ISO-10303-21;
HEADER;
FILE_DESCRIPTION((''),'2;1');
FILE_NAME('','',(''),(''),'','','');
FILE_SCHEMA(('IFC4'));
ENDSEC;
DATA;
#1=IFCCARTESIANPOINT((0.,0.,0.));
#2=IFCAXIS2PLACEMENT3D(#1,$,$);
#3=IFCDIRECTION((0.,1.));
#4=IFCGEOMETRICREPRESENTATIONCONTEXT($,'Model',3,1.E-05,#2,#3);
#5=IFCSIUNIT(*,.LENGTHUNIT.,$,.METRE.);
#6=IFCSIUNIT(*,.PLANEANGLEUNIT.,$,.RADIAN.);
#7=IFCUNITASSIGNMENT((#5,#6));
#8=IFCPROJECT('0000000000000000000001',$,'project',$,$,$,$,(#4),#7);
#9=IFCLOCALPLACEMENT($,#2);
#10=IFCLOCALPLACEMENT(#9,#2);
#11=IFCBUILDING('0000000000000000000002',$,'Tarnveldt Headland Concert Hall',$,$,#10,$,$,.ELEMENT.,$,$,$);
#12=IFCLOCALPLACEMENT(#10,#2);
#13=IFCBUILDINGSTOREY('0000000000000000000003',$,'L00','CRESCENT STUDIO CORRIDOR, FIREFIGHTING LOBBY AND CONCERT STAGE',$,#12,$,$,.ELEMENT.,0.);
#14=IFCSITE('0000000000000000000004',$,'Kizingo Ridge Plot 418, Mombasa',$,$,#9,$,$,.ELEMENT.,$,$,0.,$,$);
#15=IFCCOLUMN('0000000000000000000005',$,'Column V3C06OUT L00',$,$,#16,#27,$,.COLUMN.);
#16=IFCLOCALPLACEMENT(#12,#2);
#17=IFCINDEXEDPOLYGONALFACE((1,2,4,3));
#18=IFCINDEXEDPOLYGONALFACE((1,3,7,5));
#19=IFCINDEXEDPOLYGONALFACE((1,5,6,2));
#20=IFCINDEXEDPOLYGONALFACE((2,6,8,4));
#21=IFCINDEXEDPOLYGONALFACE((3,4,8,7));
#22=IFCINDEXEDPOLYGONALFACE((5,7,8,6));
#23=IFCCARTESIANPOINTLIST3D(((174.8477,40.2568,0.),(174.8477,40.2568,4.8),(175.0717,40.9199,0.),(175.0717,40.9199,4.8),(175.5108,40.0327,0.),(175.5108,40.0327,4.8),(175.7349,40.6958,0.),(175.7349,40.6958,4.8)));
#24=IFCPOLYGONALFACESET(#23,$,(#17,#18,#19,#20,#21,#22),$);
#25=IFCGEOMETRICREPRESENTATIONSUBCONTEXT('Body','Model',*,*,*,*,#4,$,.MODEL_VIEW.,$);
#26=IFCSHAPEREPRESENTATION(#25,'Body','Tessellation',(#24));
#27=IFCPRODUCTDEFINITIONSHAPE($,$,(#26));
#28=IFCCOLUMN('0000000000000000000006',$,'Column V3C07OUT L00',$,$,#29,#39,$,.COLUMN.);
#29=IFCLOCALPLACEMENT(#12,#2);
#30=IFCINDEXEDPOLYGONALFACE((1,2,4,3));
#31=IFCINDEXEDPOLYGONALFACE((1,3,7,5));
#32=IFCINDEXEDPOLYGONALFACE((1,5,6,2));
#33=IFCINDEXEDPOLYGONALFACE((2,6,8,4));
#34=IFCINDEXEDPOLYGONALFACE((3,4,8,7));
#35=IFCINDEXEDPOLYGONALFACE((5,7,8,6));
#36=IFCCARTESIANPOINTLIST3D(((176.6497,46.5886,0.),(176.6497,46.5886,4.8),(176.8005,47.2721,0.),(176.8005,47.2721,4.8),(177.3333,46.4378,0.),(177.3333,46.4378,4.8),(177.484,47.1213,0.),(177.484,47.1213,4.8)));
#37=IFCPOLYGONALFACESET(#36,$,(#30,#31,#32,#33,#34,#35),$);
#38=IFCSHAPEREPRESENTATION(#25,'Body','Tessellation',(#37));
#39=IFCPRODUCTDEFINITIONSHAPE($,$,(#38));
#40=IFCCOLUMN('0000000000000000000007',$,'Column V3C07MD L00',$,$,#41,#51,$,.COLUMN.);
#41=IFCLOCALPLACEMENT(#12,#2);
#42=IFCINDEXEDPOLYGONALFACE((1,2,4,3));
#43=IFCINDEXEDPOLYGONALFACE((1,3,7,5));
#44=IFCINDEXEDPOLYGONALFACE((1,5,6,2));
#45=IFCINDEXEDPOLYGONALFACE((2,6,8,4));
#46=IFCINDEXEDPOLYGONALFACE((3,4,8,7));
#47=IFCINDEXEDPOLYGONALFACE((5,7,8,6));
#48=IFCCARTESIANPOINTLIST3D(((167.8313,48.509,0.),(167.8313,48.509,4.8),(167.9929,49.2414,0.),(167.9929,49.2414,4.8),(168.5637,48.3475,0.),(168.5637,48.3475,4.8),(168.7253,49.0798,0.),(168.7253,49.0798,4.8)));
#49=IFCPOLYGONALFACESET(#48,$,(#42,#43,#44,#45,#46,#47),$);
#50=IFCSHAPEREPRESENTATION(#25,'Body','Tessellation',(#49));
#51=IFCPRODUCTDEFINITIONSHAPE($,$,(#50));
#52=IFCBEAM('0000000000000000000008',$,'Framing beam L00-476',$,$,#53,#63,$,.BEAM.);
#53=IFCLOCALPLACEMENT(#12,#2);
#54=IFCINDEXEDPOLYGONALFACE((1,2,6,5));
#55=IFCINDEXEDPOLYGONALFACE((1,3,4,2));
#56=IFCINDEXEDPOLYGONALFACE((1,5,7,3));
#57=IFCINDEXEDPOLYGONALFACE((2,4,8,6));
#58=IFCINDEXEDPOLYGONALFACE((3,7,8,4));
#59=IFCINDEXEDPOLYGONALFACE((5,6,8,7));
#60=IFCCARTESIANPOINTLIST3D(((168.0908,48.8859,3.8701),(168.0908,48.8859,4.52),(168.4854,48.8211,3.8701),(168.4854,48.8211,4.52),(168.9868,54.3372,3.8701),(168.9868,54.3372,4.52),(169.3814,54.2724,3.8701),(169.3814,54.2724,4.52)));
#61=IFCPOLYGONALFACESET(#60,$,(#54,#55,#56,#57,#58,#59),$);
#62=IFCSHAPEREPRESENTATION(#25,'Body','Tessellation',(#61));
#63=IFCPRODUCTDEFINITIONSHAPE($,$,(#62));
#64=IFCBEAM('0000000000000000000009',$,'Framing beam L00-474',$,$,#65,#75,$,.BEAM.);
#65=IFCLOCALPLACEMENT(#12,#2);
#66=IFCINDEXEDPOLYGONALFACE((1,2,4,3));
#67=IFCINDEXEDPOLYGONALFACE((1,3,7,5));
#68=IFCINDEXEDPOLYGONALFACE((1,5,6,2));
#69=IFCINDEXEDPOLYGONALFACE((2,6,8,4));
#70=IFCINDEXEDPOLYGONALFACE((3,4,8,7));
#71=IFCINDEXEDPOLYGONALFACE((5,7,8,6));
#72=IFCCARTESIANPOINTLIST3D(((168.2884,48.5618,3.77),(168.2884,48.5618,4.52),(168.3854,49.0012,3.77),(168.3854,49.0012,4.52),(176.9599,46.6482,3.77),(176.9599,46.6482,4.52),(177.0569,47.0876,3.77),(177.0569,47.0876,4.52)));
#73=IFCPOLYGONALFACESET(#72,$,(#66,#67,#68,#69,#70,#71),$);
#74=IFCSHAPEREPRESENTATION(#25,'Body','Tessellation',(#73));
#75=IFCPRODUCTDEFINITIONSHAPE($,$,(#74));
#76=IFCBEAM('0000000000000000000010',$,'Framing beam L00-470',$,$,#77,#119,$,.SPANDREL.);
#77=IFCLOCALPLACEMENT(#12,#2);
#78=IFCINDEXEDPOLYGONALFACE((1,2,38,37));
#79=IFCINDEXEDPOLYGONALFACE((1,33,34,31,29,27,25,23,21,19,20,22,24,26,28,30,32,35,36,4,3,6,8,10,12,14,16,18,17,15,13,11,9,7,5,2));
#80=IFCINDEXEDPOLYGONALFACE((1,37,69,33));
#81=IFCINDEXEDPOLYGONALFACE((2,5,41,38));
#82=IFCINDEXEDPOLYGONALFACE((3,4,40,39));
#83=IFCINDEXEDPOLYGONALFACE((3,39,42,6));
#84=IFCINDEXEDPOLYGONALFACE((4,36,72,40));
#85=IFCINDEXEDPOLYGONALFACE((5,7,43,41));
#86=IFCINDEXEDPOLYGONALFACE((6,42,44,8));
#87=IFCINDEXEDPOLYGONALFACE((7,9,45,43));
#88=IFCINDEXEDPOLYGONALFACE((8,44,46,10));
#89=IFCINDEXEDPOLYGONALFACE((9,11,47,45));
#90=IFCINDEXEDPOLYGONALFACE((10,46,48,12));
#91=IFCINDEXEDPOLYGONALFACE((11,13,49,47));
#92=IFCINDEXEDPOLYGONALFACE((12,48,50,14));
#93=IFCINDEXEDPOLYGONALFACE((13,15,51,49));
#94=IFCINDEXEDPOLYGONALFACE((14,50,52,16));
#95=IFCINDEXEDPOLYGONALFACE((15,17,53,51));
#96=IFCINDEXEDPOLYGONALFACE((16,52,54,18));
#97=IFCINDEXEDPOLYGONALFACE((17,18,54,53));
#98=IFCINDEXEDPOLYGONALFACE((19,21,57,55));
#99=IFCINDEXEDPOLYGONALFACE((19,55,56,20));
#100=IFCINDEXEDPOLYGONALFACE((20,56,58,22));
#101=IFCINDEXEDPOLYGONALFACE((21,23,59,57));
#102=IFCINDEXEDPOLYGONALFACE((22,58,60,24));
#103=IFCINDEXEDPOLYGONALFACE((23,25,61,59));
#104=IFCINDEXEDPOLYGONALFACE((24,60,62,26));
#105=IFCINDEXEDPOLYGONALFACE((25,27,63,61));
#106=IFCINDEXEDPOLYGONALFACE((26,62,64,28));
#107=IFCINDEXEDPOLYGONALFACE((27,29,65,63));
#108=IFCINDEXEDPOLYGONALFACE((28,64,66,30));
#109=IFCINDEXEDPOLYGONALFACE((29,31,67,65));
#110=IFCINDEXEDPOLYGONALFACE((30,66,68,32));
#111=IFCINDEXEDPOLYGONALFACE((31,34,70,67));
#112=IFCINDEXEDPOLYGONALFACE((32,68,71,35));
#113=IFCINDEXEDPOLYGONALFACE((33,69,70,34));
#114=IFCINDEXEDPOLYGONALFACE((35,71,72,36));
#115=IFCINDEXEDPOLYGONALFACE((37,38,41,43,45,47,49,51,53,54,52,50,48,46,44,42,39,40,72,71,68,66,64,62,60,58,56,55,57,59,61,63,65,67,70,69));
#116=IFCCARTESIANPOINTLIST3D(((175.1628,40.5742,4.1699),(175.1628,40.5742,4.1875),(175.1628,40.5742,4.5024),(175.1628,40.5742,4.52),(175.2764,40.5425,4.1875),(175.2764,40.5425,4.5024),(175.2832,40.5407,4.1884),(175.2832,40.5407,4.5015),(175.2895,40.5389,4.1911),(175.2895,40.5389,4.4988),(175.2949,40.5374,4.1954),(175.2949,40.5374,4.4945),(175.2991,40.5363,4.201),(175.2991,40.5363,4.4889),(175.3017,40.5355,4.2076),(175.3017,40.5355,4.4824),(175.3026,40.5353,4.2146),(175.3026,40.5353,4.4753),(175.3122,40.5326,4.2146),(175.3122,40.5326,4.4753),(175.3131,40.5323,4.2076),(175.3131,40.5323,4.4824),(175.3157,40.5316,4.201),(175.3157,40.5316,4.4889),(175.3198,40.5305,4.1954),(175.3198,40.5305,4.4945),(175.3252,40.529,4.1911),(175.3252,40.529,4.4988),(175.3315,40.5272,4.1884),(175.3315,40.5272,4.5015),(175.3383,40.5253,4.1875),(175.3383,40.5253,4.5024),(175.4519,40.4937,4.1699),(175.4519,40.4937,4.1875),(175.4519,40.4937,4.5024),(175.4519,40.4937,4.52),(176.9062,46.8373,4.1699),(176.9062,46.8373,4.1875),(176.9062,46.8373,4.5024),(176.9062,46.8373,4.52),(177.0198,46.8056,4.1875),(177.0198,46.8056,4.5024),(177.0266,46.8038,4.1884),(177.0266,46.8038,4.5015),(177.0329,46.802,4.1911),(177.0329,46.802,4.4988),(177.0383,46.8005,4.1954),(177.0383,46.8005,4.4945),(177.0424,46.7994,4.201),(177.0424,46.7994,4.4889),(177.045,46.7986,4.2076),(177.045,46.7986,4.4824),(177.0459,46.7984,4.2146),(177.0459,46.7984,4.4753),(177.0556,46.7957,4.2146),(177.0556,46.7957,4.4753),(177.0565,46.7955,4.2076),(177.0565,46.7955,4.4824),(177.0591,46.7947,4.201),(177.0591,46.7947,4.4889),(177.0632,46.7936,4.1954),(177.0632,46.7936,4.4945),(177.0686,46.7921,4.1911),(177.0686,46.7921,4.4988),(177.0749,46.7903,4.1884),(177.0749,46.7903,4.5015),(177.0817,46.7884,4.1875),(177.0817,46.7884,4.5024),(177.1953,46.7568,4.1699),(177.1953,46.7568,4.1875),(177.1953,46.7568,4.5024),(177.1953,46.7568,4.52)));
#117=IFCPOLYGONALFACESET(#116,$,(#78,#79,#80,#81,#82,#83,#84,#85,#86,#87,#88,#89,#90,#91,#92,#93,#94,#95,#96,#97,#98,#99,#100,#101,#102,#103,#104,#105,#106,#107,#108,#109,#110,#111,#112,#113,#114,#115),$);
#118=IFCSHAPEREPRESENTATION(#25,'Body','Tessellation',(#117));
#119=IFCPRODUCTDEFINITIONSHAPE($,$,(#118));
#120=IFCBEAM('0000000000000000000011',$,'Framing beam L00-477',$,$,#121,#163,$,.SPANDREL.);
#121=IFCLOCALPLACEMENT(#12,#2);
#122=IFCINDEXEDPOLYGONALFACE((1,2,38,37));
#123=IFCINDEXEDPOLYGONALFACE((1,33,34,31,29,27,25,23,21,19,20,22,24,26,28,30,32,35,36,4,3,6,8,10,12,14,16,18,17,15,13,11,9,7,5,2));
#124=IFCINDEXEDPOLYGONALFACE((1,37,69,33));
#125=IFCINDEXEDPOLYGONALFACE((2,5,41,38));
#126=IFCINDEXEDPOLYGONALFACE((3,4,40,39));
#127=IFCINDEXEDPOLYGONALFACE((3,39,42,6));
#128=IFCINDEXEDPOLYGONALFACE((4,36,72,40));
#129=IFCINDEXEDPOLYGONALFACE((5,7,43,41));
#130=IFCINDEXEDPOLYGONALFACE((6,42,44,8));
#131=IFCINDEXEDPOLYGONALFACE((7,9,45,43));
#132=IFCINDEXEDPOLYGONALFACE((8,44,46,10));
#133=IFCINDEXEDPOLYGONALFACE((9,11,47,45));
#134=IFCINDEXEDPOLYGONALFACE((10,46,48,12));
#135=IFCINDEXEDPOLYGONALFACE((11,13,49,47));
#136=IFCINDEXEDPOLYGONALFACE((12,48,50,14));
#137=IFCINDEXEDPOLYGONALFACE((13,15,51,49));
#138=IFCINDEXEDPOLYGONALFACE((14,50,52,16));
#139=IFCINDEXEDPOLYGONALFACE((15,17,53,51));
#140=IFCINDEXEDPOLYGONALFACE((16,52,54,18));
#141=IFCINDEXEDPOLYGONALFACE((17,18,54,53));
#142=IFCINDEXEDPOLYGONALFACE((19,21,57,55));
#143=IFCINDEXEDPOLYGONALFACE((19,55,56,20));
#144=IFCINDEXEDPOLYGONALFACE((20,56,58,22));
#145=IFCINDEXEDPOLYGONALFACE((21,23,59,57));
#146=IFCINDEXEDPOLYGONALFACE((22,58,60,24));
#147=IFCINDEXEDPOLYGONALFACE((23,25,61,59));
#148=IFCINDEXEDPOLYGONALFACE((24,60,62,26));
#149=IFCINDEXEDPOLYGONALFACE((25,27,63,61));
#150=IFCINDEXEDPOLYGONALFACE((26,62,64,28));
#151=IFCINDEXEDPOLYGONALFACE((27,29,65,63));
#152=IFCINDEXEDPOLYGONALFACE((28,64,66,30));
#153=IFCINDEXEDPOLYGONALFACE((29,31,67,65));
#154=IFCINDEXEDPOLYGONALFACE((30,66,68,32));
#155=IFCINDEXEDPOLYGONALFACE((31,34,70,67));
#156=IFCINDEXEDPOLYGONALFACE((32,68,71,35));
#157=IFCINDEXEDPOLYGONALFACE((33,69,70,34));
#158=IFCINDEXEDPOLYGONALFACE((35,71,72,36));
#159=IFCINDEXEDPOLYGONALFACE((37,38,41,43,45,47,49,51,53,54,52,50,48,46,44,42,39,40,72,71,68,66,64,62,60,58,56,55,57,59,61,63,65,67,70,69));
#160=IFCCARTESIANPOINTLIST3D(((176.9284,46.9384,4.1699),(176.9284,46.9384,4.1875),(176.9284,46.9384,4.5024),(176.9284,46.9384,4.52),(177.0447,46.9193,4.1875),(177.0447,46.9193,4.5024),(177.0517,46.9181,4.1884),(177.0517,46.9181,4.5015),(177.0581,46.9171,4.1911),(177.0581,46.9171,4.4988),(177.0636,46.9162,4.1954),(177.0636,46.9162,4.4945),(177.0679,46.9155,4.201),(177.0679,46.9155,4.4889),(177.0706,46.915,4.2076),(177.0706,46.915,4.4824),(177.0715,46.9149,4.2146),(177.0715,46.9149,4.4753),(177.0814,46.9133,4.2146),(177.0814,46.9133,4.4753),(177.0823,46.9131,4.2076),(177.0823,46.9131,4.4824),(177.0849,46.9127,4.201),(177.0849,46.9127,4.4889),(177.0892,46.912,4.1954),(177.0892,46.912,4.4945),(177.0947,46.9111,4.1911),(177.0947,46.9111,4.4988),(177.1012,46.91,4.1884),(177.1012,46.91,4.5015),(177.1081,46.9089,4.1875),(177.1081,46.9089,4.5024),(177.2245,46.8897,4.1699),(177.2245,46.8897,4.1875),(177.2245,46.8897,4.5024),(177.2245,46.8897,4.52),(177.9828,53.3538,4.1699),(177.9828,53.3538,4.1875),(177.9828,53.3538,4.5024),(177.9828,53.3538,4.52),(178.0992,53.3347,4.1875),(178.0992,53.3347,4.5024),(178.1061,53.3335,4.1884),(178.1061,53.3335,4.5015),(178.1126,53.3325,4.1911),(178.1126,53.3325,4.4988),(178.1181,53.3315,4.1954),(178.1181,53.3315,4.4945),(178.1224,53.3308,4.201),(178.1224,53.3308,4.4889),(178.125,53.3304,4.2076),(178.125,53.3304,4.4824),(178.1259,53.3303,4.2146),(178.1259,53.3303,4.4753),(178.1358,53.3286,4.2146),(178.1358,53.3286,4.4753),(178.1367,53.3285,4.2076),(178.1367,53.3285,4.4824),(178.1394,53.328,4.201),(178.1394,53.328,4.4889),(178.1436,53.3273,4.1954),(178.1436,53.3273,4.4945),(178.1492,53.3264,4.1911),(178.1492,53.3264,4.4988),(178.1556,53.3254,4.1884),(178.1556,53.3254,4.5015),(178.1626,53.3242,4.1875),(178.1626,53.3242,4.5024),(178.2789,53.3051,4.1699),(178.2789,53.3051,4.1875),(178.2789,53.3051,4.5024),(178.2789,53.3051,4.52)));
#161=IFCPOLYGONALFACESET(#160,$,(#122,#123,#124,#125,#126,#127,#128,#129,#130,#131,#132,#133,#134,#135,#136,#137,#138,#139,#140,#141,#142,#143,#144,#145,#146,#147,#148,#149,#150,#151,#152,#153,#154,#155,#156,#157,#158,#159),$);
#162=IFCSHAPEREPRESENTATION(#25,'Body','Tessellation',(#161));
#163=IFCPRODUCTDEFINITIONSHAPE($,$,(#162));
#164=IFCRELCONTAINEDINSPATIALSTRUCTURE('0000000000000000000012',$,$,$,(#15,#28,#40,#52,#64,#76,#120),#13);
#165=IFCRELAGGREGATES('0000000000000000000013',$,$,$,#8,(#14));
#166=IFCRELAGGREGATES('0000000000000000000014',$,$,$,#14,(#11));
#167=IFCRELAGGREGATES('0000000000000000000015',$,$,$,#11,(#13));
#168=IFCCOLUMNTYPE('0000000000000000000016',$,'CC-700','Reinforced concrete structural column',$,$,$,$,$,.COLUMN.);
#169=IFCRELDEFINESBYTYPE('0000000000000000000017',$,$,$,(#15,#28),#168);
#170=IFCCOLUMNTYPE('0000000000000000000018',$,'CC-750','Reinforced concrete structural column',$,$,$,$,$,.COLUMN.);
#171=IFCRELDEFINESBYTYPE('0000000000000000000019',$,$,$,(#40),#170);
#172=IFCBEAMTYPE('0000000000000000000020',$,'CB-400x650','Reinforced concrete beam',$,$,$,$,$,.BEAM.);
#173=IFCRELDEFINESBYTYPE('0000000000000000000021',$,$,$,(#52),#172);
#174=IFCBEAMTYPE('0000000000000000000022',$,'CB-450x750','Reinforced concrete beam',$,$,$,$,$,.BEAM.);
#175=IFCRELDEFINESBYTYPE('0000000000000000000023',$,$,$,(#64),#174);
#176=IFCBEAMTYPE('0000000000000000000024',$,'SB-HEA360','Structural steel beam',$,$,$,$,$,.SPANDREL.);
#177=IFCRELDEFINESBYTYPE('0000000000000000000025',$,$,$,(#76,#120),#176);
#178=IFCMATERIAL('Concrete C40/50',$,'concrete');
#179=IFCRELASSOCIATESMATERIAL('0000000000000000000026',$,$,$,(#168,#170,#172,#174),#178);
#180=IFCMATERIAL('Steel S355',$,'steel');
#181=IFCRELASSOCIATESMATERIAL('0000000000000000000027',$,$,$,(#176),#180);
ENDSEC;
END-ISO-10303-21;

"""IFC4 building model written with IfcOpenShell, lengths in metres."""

from ifc_helpers import new_model, si_unit, direction, frame, origin, origin_2d, place, context, subcontext, project, spatial, rectangle, i_section, extrude, material, material_profile, profile_set, type_object, element, save


model = new_model("IFC4")

# Units and contexts
model_context = context("Model", 3, precision=1e-05, world=origin(), true_north=direction((0.0, 1.0)))
body_context = subcontext(model_context, "Body", "Model", "MODEL_VIEW")
ifc_project = project(units=[si_unit("LENGTHUNIT", "METRE"), si_unit("PLANEANGLEUNIT", "RADIAN")], contexts=[model_context])

# Site, building, storey
site_placement = place(None, origin())
site = spatial("IfcSite", under=ifc_project, at=site_placement, Name="Kizingo Ridge Plot 418, Mombasa", CompositionType="ELEMENT", RefElevation=0.0)
building_placement = place(site_placement, origin())
building = spatial("IfcBuilding", under=site, at=building_placement, Name="Tarnveldt Headland Concert Hall", CompositionType="ELEMENT")
storey_placement = place(building_placement, origin())
storey = spatial("IfcBuildingStorey", under=building, at=storey_placement, Name="L00", Description="CRESCENT STUDIO CORRIDOR, FIREFIGHTING LOBBY AND CONCERT STAGE", CompositionType="ELEMENT", Elevation=0.0)

# Columns
ifc_material_1 = material(Name="Concrete C40/50", Category="concrete")
ifc_material_profile_1 = material_profile(ifc_material_1, rectangle(XDim=0.7, YDim=0.7, at=origin_2d()), Name="RC 700x700", Category="concrete")
ifc_profile_set_1 = profile_set([ifc_material_profile_1], Name="Concrete C40/50")
column_type_1 = type_object("IfcColumnType", Name="CC-700", Description="Reinforced concrete structural column", PredefinedType="COLUMN", material=ifc_profile_set_1)
for number, where, z_axis, x_axis, name in (
    (1, (175.2913, 40.4763, 0.0), (0.0, 0.0, 1.0), (0.947378, -0.320117, 0.0), "Column V3C06OUT L00"),
    (2, (177.0669, 46.855, 0.0), (0.0, 0.0, 1.0), (0.976522, -0.215417, 0.0), "Column V3C07OUT L00"),
):
    element("IfcColumn", number, at=place(storey_placement, frame(where, z_axis=z_axis, x_axis=x_axis)), inside=storey, type_object=column_type_1, Name=name, PredefinedType="COLUMN", context=body_context, shape_type="SweptSolid", body=[
        extrude(rectangle(XDim=0.7, YDim=0.7, at=origin_2d()), origin(), (0.0, 0.0, 1.0), 4.8),
    ])
ifc_material_profile_2 = material_profile(ifc_material_1, rectangle(XDim=0.75, YDim=0.75, at=origin_2d()), Name="RC 750x750", Category="concrete")
ifc_profile_set_2 = profile_set([ifc_material_profile_2], Name="Concrete C40/50")
column_type_2 = type_object("IfcColumnType", Name="CC-750", Description="Reinforced concrete structural column", PredefinedType="COLUMN", material=ifc_profile_set_2)
column_placement = place(storey_placement, frame((168.2783, 48.7944, 0.0), z_axis=(0.0, 0.0, 1.0), x_axis=(0.976522, -0.215417, 0.0)))
element("IfcColumn", 3, at=column_placement, inside=storey, type_object=column_type_2, Name="Column V3C07MD L00", PredefinedType="COLUMN", context=body_context, shape_type="SweptSolid", body=[
    extrude(rectangle(XDim=0.75, YDim=0.75, at=origin_2d()), origin(), (0.0, 0.0, 1.0), 4.8),
])

# Beams
ifc_material_profile_3 = material_profile(ifc_material_1, rectangle(XDim=0.3999, YDim=0.6499, at=origin_2d()), Name="RC 400x650", Category="concrete")
ifc_profile_set_3 = profile_set([ifc_material_profile_3], Name="Concrete C40/50")
beam_type_1 = type_object("IfcBeamType", Name="CB-400x650", Description="Reinforced concrete beam", PredefinedType="BEAM", material=ifc_profile_set_3)
beam_1_placement = place(storey_placement, frame((168.2881, 48.8535, 4.1951), z_axis=(0.162191, 0.986759, 0.0), x_axis=(-0.986759, 0.162191, 0.0)))
element("IfcBeam", 4, at=beam_1_placement, inside=storey, type_object=beam_type_1, Name="Framing beam L00-476", PredefinedType="BEAM", context=body_context, shape_type="SweptSolid", body=[
    extrude(rectangle(XDim=0.3999, YDim=0.6499, at=origin_2d()), origin(), (0.0, 0.0, 1.0), 5.5244),
])
ifc_material_profile_4 = material_profile(ifc_material_1, rectangle(XDim=0.45, YDim=0.75, at=origin_2d()), Name="RC 450x750", Category="concrete")
ifc_profile_set_4 = profile_set([ifc_material_profile_4], Name="Concrete C40/50")
beam_type_2 = type_object("IfcBeamType", Name="CB-450x750", Description="Reinforced concrete beam", PredefinedType="BEAM", material=ifc_profile_set_4)
beam_2_placement = place(storey_placement, frame((168.3369, 48.7815, 4.145), z_axis=(0.976506, -0.215492, 0.0), x_axis=(0.215492, 0.976506, 0.0)))
element("IfcBeam", 5, at=beam_2_placement, inside=storey, type_object=beam_type_2, Name="Framing beam L00-474", PredefinedType="BEAM", context=body_context, shape_type="SweptSolid", body=[
    extrude(rectangle(XDim=0.45, YDim=0.75, at=origin_2d()), origin(), (0.0, 0.0, 1.0), 8.8801),
])
ifc_material_2 = material(Name="Steel S355", Category="steel")
ifc_material_profile_5 = material_profile(ifc_material_2, i_section(OverallWidth=0.3, OverallDepth=0.3501, WebThickness=0.01, FlangeThickness=0.0176, FilletRadius=0.0271, at=origin_2d()), Name="HEA360", Category="steel")
ifc_profile_set_5 = profile_set([ifc_material_profile_5], Name="Steel S355")
beam_type_3 = type_object("IfcBeamType", Name="SB-HEA360", Description="Structural steel beam", PredefinedType="SPANDREL", material=ifc_profile_set_5)
beam_3_placement = place(storey_placement, frame((175.3074, 40.5339, 4.345), z_axis=(0.268163, 0.963374, 0.0), x_axis=(-0.963374, 0.268163, 0.0)))
element("IfcBeam", 6, at=beam_3_placement, inside=storey, type_object=beam_type_3, Name="Framing beam L00-470", PredefinedType="SPANDREL", context=body_context, shape_type="SweptSolid", body=[
    extrude(i_section(OverallWidth=0.3, OverallDepth=0.3501, WebThickness=0.01, FlangeThickness=0.0176, FilletRadius=0.0271, at=origin_2d()), origin(), (0.0, 0.0, 1.0), 6.5012),
])
beam_4_placement = place(storey_placement, frame((177.0764, 46.9141, 4.345), z_axis=(0.162188, 0.98676, 0.0), x_axis=(-0.98676, 0.162188, 0.0)))
element("IfcBeam", 7, at=beam_4_placement, inside=storey, type_object=beam_type_3, Name="Framing beam L00-477", PredefinedType="SPANDREL", context=body_context, shape_type="SweptSolid", body=[
    extrude(i_section(OverallWidth=0.3, OverallDepth=0.3501, WebThickness=0.01, FlangeThickness=0.0176, FilletRadius=0.0271, at=origin_2d()), origin(), (0.0, 0.0, 1.0), 6.5015),
])

save(model, "model.ifc")
